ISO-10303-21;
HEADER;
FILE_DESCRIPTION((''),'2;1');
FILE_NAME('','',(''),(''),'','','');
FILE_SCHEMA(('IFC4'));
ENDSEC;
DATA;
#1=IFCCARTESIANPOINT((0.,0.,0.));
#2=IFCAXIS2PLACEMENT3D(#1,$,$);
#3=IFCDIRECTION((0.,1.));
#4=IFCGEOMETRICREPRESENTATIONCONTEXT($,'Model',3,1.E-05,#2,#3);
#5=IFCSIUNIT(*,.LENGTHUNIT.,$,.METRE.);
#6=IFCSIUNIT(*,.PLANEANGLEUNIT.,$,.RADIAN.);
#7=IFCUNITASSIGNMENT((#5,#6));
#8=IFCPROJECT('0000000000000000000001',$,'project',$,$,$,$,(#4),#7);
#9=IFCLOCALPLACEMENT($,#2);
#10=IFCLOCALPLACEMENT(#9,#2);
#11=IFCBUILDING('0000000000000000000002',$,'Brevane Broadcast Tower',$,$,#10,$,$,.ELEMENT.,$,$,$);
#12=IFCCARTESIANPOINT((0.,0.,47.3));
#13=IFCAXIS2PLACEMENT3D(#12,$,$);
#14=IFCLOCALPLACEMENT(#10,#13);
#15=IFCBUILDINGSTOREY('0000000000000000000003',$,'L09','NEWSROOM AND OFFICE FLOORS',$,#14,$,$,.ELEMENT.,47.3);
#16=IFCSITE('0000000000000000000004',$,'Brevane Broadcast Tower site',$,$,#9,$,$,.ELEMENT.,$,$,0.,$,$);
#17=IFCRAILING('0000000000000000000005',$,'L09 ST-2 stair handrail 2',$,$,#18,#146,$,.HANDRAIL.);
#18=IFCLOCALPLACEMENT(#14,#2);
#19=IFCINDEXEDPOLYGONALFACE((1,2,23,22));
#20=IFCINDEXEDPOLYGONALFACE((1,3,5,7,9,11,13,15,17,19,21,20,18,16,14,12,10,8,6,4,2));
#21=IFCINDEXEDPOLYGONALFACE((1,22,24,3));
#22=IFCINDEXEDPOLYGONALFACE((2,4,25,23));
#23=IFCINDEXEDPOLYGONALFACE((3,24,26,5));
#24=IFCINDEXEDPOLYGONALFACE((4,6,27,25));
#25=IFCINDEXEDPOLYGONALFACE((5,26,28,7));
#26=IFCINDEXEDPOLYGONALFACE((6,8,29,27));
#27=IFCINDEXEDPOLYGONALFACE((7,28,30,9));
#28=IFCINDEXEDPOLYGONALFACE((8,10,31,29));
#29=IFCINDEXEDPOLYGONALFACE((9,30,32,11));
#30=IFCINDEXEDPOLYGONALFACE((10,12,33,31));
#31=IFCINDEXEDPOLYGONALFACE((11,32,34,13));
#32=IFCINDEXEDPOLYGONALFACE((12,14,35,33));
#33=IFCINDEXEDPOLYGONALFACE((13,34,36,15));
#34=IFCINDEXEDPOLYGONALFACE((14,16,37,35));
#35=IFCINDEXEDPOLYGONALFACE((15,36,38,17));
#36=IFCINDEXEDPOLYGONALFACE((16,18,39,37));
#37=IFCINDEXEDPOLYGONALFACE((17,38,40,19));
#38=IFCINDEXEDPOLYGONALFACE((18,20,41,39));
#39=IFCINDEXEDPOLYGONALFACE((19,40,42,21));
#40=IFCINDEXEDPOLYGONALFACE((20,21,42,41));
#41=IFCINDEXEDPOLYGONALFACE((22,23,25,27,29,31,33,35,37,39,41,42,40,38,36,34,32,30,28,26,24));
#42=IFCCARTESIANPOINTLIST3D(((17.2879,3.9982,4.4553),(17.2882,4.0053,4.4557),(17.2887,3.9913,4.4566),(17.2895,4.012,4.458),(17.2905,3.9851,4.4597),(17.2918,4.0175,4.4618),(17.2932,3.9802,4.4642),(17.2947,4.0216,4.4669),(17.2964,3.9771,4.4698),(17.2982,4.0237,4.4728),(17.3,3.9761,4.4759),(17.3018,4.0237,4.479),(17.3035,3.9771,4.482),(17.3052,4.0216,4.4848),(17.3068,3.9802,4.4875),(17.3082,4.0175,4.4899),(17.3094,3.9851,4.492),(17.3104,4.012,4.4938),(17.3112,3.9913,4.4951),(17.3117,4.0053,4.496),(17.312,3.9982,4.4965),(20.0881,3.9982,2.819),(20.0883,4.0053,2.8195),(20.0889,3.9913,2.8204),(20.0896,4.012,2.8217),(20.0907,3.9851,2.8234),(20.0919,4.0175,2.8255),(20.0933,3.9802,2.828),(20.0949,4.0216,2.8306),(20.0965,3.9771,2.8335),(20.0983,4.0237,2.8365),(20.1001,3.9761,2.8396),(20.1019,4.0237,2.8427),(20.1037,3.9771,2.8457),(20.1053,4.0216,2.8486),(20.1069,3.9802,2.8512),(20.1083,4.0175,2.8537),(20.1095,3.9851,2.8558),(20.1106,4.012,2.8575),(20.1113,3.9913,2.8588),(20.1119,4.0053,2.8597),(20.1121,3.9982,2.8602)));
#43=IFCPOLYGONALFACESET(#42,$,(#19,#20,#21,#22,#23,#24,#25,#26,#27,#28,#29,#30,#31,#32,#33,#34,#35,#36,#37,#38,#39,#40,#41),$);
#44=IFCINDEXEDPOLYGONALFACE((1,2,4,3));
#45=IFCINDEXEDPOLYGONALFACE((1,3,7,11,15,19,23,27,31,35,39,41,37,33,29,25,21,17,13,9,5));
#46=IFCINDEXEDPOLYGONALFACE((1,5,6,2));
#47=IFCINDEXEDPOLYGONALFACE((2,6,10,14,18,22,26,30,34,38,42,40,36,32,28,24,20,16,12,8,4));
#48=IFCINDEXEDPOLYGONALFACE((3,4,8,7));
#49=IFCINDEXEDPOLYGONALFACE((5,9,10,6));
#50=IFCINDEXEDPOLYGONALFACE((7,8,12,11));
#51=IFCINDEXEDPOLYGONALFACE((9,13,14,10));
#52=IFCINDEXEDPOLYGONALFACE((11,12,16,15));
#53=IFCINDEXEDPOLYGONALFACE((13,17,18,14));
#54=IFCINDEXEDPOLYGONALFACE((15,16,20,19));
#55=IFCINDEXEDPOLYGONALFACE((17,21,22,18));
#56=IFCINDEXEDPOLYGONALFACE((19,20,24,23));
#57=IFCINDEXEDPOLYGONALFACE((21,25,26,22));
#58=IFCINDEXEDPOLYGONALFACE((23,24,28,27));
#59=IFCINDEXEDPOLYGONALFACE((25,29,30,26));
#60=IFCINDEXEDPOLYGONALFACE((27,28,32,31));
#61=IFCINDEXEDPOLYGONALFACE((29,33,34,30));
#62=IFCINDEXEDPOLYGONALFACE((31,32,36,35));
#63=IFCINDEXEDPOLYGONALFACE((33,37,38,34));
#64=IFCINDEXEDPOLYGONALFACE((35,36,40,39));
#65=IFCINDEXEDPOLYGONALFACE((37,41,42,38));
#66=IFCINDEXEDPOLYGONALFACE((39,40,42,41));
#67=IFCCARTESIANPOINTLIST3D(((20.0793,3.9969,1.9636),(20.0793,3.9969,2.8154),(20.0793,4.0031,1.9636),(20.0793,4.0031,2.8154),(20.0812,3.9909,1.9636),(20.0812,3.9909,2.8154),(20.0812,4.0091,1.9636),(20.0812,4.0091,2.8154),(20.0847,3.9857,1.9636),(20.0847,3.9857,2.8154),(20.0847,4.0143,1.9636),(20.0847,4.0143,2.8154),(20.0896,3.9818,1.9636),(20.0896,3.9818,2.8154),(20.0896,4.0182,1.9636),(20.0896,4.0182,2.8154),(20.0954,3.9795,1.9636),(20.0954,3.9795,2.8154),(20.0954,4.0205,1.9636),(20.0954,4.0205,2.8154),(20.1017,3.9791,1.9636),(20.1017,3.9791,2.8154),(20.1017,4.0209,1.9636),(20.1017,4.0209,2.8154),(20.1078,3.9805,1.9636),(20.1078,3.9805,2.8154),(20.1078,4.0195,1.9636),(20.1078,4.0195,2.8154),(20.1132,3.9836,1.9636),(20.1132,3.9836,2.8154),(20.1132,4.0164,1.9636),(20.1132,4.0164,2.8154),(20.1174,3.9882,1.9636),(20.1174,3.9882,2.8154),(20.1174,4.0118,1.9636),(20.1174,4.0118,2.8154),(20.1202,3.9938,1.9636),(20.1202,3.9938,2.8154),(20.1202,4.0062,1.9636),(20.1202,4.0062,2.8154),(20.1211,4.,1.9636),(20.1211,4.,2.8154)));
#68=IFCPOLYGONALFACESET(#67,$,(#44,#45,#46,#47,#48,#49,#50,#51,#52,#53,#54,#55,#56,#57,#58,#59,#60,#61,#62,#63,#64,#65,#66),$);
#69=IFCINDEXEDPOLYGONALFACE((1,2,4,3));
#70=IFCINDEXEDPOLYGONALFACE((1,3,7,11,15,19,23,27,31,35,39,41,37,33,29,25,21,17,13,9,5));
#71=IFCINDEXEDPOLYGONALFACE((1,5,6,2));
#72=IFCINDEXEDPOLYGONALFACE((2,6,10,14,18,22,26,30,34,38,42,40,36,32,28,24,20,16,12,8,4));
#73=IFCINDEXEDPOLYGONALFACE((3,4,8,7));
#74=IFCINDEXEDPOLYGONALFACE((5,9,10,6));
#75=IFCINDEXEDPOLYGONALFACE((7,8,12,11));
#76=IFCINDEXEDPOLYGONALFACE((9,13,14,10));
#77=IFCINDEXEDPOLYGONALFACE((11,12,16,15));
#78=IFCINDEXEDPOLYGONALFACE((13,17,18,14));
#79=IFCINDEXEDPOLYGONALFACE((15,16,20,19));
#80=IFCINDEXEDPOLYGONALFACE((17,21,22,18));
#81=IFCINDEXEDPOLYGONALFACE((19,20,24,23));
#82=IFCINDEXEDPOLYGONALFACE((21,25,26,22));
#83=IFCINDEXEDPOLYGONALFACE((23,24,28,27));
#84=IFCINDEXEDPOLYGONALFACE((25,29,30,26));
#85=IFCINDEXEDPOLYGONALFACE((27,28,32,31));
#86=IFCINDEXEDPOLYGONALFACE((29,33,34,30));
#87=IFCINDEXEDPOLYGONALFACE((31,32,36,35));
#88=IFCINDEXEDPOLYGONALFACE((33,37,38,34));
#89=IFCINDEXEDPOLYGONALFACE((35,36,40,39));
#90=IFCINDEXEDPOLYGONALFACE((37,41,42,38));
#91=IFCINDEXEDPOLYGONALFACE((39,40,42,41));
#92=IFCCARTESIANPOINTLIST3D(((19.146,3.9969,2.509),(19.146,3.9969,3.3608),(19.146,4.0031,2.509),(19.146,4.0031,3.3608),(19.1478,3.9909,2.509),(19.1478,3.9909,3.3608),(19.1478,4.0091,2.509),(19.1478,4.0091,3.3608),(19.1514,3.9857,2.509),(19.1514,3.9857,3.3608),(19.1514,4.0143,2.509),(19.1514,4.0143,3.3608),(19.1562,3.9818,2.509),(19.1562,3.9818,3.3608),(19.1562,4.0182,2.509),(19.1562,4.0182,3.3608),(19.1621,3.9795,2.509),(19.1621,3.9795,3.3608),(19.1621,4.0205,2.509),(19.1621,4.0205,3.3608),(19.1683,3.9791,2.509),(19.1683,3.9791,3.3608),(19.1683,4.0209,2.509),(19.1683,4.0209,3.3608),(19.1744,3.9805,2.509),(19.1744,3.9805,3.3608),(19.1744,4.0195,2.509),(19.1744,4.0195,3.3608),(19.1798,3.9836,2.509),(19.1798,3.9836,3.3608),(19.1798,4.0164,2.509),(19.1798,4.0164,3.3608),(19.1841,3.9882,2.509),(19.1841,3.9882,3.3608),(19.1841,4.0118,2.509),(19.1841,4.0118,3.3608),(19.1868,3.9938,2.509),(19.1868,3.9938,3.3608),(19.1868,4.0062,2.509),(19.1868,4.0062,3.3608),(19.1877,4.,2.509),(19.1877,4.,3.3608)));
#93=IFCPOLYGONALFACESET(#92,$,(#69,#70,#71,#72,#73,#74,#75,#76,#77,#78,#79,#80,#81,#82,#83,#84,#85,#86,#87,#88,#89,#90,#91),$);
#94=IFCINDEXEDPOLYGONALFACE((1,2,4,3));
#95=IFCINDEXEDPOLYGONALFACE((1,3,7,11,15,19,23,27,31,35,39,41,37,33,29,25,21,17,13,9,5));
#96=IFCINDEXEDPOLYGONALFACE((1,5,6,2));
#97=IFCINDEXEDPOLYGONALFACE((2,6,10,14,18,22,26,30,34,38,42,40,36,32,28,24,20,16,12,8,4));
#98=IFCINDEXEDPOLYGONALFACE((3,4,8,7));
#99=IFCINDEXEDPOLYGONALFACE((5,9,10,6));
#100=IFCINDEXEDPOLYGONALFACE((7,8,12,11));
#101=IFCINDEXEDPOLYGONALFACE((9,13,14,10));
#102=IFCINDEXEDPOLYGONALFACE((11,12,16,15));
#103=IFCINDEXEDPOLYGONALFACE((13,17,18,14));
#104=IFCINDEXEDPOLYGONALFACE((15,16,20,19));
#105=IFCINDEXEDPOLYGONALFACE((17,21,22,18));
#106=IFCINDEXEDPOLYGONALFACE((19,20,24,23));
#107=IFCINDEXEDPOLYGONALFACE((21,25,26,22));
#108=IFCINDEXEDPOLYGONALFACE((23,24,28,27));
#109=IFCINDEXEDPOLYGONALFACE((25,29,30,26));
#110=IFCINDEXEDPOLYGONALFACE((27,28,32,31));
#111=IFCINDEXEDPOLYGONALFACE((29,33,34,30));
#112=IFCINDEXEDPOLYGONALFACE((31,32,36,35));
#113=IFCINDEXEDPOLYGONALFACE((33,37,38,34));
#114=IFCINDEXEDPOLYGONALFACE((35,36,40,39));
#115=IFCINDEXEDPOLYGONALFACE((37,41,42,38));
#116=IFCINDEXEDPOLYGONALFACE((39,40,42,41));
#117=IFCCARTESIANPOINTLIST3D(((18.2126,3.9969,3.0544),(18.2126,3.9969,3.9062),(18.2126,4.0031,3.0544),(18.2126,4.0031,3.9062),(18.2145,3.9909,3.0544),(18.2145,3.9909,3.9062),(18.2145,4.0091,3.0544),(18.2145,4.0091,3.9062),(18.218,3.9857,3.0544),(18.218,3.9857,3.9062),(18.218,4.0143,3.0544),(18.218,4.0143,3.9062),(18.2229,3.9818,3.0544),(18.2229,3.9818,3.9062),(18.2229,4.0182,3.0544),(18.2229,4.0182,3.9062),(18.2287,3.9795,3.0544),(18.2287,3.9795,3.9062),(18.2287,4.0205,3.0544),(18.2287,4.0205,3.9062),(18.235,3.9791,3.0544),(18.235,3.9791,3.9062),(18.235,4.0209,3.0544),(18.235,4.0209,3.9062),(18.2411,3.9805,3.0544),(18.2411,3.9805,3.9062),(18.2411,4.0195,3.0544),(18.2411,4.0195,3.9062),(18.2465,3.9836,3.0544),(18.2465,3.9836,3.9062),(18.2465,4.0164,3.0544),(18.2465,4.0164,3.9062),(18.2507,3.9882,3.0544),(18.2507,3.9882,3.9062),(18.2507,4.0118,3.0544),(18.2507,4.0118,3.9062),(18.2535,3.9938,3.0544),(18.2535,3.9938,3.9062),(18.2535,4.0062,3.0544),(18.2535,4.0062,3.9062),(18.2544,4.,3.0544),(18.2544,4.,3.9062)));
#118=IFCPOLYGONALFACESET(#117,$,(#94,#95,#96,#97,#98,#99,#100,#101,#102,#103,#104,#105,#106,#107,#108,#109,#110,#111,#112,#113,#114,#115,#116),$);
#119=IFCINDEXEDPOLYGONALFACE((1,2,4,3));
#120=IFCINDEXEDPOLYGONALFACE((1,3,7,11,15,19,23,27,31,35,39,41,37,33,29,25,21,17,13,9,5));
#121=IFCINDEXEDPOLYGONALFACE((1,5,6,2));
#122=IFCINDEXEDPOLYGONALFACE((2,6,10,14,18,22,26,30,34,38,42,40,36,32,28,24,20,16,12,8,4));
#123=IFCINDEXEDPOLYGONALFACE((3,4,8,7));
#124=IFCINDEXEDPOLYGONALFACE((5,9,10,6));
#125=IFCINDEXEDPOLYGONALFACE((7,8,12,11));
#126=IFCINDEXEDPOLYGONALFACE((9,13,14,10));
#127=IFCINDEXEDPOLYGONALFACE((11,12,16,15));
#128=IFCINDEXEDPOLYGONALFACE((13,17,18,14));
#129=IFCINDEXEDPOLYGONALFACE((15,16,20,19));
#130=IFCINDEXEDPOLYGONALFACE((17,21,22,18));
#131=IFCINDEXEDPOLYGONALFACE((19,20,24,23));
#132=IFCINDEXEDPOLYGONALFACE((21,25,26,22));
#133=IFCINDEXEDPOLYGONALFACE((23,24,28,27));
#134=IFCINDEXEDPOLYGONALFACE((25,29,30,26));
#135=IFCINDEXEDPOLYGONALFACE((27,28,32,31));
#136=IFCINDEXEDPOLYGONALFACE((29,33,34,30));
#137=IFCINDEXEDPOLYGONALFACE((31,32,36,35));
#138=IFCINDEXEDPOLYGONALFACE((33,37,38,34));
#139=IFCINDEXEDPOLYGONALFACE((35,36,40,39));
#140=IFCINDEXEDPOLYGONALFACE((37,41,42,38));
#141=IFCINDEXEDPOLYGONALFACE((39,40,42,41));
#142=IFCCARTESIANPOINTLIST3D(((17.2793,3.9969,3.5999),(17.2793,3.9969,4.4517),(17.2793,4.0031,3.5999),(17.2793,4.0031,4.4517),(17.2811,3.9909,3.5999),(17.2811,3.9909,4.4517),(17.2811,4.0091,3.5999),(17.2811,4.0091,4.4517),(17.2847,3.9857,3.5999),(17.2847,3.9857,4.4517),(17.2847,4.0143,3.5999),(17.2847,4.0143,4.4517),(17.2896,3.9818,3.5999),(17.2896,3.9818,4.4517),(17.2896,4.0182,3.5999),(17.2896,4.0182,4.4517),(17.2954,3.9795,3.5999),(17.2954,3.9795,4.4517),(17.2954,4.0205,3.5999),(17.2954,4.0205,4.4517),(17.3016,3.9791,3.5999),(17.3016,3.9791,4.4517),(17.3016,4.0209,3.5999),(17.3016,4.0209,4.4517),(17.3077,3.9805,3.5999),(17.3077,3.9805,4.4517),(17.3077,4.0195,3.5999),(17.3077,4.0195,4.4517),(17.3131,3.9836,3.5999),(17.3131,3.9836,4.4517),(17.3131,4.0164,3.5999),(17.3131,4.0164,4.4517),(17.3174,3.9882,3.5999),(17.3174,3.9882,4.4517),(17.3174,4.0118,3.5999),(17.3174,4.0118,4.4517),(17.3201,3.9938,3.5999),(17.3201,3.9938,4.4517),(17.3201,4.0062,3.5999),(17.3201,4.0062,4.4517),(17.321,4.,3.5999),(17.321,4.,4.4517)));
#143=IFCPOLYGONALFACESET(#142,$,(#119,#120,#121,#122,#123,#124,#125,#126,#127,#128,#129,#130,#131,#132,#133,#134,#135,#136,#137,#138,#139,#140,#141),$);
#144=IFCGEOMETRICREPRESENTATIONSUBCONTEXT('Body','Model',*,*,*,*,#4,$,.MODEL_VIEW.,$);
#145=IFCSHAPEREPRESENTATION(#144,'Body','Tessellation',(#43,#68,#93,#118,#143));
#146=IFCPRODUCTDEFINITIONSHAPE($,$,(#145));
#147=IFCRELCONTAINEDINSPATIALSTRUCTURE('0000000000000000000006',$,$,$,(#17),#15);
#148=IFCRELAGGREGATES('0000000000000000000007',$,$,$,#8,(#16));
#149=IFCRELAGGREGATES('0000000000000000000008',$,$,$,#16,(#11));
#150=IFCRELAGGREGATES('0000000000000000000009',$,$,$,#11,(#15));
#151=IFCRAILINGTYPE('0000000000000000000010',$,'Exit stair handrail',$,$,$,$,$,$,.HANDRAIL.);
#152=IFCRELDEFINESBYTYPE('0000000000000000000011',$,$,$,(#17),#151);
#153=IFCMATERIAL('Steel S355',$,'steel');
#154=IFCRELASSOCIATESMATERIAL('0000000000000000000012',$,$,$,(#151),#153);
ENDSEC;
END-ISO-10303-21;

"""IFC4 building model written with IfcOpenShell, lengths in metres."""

from ifc_helpers import new_model, si_unit, direction, frame, origin, origin_2d, place, context, subcontext, project, spatial, circle, extrude, material, type_object, element, save


model = new_model("IFC4")

# Units and contexts
model_context = context("Model", 3, precision=1e-05, world=origin(), true_north=direction((0.0, 1.0)))
body_context = subcontext(model_context, "Body", "Model", "MODEL_VIEW")
ifc_project = project(units=[si_unit("LENGTHUNIT", "METRE"), si_unit("PLANEANGLEUNIT", "RADIAN")], contexts=[model_context])

# Site, building, storey
site_placement = place(None, origin())
site = spatial("IfcSite", under=ifc_project, at=site_placement, Name="Brevane Broadcast Tower site", CompositionType="ELEMENT", RefElevation=0.0)
building_placement = place(site_placement, origin())
building = spatial("IfcBuilding", under=site, at=building_placement, Name="Brevane Broadcast Tower", CompositionType="ELEMENT")
storey_placement = place(building_placement, frame((0.0, 0.0, 47.3)))
storey = spatial("IfcBuildingStorey", under=building, at=storey_placement, Name="L09", Description="NEWSROOM AND OFFICE FLOORS", CompositionType="ELEMENT", Elevation=47.3)

# Railing
ifc_material_1 = material(Name="Steel S355", Category="steel")
railing_type_1 = type_object("IfcRailingType", Name="Exit stair handrail", PredefinedType="HANDRAIL", material=ifc_material_1)
railing_1_placement = place(storey_placement, frame((20.1001, 4.0, 1.9636)))
element("IfcRailing", 1, at=railing_1_placement, inside=storey, type_object=railing_type_1, Name="L09 ST-2 stair handrail 2", PredefinedType="HANDRAIL", context=body_context, shape_type="SweptSolid", body=[
    extrude(circle(Radius=0.0239, at=origin_2d()), frame((0.0, 0.0, 0.876), z_axis=(-0.863394, 0.0, 0.504531), x_axis=(0.0, -1.0, 0.0)), (0.0, 0.0, 1.0), 3.2432),
    extrude(circle(Radius=0.021, at=origin_2d()), origin(), (0.0, 0.0, 1.0), 0.8518),
    extrude(circle(Radius=0.021, at=origin_2d()), frame((-0.9333, 0.0, 0.5454)), (0.0, 0.0, 1.0), 0.8518),
    extrude(circle(Radius=0.021, at=origin_2d()), frame((-1.8667, 0.0, 1.0908)), (0.0, 0.0, 1.0), 0.8518),
    extrude(circle(Radius=0.021, at=origin_2d()), frame((-2.8, 0.0, 1.6362)), (0.0, 0.0, 1.0), 0.8518),
])

save(model, "model.ifc")
